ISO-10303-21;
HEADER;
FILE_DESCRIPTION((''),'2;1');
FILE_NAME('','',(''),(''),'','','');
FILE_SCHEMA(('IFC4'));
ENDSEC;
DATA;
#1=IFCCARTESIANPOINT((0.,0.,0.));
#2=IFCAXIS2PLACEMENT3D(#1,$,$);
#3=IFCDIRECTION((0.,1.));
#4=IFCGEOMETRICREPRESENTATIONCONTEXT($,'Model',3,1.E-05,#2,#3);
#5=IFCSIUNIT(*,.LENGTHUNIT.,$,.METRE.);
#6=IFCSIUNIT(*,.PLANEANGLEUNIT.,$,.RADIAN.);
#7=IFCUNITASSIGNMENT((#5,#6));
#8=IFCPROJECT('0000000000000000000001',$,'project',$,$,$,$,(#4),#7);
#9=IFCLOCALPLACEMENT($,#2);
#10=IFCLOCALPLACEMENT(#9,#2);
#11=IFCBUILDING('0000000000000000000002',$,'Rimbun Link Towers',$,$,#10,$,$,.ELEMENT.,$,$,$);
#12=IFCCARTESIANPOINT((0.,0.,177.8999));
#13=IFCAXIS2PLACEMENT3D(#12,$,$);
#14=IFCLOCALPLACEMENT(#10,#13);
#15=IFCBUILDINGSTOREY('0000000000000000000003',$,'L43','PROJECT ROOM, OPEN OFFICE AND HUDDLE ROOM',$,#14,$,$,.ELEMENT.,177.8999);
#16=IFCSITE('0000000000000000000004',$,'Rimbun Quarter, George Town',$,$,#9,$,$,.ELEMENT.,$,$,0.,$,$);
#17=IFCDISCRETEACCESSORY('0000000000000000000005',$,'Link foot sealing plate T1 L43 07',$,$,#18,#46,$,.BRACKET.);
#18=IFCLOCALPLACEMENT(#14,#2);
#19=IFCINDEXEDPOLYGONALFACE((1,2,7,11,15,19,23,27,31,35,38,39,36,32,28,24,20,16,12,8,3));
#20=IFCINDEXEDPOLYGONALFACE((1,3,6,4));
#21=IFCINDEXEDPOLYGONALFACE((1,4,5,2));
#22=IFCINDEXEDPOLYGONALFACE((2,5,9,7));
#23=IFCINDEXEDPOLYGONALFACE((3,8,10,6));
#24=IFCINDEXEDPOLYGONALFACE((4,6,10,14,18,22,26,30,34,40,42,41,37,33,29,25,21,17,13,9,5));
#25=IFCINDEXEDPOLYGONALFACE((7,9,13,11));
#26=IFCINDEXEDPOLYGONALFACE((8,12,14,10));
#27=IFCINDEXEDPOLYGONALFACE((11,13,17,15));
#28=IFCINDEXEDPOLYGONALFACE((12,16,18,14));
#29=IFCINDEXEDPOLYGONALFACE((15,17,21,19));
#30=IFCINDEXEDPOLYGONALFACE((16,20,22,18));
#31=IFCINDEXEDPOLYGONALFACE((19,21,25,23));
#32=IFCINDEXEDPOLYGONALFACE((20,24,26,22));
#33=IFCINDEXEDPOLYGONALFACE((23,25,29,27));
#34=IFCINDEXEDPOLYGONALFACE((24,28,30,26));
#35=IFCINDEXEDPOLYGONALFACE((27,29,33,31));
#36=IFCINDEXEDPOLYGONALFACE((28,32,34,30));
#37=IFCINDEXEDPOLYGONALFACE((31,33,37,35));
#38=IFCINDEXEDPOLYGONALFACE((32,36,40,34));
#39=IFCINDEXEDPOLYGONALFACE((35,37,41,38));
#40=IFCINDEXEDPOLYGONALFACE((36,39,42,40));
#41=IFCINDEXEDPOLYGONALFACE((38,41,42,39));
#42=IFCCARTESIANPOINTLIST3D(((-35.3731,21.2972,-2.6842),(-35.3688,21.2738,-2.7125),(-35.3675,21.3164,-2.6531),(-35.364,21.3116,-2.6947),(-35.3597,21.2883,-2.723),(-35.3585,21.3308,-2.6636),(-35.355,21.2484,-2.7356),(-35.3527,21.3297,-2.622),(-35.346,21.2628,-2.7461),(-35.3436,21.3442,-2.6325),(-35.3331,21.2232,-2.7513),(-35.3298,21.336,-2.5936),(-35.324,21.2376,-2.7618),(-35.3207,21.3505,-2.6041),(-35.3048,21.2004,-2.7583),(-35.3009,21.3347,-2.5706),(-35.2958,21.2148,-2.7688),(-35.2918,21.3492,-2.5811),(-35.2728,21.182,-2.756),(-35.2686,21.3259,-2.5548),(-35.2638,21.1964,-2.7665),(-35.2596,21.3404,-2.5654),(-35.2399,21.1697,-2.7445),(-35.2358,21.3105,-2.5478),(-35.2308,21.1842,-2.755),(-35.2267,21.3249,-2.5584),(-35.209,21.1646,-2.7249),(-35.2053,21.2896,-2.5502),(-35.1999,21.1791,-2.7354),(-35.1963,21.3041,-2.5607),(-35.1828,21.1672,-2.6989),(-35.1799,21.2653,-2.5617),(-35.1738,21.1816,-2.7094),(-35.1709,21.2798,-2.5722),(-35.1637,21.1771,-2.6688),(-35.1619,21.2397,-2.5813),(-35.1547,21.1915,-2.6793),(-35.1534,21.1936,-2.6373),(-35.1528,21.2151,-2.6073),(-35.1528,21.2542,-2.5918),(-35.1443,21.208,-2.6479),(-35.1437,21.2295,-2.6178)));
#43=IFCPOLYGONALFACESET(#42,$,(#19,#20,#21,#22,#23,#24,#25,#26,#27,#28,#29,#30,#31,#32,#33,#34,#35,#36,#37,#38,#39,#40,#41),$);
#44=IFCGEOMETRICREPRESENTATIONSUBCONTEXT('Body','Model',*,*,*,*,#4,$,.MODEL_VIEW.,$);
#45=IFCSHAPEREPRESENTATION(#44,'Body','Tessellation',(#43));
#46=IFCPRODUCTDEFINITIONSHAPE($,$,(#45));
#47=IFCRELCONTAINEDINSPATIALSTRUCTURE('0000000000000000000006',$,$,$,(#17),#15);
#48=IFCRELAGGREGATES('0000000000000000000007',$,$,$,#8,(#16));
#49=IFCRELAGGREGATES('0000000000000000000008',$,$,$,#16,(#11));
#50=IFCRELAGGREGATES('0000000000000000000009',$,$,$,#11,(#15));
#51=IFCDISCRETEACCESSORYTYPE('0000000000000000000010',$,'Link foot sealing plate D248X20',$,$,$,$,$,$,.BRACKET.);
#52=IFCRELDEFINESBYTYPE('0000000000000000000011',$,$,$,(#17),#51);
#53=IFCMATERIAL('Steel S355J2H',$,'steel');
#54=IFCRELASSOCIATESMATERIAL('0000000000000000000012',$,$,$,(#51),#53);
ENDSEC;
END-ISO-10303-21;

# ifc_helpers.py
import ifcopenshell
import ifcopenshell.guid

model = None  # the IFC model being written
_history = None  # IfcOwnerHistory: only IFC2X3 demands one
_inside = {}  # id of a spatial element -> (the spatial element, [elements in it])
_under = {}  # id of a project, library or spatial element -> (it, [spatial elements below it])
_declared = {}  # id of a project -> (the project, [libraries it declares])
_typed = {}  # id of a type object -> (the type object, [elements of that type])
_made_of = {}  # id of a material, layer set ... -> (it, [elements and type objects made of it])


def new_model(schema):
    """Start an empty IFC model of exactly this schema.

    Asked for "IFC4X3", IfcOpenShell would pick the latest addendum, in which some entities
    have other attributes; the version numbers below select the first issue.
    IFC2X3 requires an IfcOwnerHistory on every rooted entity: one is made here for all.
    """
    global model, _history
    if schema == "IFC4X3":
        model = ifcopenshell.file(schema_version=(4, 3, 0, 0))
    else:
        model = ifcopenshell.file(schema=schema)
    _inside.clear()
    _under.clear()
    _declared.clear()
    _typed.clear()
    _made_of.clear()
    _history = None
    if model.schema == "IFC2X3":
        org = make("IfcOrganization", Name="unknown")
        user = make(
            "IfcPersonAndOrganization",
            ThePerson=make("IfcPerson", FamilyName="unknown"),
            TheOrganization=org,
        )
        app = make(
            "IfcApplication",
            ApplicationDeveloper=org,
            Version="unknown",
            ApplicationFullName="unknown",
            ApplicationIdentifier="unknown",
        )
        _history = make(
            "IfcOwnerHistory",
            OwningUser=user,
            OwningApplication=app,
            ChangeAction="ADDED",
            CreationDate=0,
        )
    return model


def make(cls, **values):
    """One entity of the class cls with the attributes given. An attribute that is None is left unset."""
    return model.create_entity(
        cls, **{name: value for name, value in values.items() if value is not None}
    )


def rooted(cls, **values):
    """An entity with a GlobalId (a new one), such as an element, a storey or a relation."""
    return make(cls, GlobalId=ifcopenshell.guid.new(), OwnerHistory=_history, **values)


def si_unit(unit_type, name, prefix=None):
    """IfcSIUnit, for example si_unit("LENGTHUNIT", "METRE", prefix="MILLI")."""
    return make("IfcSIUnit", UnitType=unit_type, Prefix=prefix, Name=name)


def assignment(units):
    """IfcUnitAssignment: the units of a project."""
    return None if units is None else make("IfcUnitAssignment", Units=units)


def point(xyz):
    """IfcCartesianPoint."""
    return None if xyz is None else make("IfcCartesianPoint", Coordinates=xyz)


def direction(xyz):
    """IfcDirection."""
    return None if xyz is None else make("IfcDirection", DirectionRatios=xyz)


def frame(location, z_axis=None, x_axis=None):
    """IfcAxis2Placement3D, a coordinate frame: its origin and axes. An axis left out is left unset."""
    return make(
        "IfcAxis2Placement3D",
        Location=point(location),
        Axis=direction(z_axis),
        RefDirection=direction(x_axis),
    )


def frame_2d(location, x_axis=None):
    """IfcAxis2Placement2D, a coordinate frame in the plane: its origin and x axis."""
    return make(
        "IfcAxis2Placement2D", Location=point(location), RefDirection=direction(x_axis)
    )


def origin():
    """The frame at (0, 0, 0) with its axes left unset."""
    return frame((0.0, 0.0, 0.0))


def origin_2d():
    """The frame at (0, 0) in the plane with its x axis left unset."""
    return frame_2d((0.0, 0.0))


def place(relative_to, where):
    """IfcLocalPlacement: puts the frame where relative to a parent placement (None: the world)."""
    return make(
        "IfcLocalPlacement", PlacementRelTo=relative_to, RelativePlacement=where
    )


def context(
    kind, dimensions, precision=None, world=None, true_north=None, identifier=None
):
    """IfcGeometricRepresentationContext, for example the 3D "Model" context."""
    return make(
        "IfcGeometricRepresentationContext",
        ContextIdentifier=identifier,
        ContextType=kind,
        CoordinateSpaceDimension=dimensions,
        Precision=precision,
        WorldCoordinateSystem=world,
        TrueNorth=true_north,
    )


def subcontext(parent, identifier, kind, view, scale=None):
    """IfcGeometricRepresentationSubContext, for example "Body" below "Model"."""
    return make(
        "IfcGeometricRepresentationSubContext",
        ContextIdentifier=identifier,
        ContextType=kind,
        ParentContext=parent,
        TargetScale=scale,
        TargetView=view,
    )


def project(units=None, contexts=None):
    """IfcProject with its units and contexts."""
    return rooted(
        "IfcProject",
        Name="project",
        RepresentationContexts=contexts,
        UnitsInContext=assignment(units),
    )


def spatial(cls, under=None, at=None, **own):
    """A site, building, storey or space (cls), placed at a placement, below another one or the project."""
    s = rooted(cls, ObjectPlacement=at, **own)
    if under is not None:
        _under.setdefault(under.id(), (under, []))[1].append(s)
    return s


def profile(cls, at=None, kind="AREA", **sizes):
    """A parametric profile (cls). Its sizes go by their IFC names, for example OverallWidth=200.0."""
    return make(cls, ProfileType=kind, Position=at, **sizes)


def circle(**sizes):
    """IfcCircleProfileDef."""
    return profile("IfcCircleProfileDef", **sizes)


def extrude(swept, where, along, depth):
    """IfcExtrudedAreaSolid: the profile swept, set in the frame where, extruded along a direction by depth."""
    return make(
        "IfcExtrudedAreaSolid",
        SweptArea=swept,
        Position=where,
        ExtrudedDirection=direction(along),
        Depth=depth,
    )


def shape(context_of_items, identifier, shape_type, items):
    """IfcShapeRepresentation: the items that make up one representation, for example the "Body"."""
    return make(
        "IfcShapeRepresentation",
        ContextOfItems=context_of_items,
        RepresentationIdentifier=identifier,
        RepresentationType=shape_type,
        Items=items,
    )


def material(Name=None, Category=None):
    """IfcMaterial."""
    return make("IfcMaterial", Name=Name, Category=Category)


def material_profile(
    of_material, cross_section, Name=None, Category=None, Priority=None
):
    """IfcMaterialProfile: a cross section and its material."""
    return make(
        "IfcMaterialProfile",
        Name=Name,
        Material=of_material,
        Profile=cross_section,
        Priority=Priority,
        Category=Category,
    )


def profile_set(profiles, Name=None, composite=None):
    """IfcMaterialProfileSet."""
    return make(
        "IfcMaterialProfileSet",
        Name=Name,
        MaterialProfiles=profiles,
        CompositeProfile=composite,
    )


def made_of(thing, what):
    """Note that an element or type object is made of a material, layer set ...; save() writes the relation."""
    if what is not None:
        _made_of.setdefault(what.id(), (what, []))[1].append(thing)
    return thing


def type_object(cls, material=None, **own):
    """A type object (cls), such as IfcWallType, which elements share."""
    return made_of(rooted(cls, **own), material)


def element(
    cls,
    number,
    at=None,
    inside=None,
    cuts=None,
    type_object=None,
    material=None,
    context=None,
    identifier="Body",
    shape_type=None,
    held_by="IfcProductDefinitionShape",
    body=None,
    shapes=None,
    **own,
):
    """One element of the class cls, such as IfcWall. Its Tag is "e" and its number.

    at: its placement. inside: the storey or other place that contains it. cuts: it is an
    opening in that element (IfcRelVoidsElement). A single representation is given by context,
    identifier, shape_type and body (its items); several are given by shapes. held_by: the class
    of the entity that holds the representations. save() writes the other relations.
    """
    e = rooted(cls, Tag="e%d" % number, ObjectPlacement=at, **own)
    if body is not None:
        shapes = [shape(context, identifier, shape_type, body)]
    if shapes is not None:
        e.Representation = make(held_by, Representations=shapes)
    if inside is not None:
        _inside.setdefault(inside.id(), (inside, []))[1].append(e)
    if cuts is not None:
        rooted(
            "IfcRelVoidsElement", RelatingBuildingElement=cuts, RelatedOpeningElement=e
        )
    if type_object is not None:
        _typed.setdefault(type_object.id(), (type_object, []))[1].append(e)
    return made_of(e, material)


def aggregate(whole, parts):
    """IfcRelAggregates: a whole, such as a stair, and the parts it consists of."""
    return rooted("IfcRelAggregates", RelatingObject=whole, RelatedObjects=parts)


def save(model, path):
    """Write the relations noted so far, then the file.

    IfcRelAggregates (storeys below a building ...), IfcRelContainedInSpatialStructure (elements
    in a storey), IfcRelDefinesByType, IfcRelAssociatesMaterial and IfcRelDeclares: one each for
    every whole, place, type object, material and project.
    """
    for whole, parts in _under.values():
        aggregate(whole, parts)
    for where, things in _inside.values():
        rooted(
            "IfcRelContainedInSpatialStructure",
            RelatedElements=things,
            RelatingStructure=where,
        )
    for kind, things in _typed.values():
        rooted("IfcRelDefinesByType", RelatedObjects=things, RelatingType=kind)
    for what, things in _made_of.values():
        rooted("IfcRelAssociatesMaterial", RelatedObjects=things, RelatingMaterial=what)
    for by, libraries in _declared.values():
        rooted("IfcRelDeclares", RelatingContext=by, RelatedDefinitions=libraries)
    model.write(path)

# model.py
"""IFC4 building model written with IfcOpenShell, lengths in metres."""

from ifc_helpers import new_model, si_unit, direction, frame, origin, origin_2d, place, context, subcontext, project, spatial, circle, extrude, material, material_profile, profile_set, type_object, element, save


model = new_model("IFC4")

# Units and contexts
model_context = context("Model", 3, precision=1e-05, world=origin(), true_north=direction((0.0, 1.0)))
body_context = subcontext(model_context, "Body", "Model", "MODEL_VIEW")
ifc_project = project(units=[si_unit("LENGTHUNIT", "METRE"), si_unit("PLANEANGLEUNIT", "RADIAN")], contexts=[model_context])

# Site, building, storey
site_placement = place(None, origin())
site = spatial("IfcSite", under=ifc_project, at=site_placement, Name="Rimbun Quarter, George Town", CompositionType="ELEMENT", RefElevation=0.0)
building_placement = place(site_placement, origin())
building = spatial("IfcBuilding", under=site, at=building_placement, Name="Rimbun Link Towers", CompositionType="ELEMENT")
storey_placement = place(building_placement, frame((0.0, 0.0, 177.8999)))
storey = spatial("IfcBuildingStorey", under=building, at=storey_placement, Name="L43", Description="PROJECT ROOM, OPEN OFFICE AND HUDDLE ROOM", CompositionType="ELEMENT", Elevation=177.8999)

# Discrete accessory
ifc_material_1 = material(Name="Steel S355J2H", Category="steel")
ifc_material_profile_1 = material_profile(ifc_material_1, circle(Radius=0.124, at=origin_2d()), Name="PL D248")
ifc_profile_set_1 = profile_set([ifc_material_profile_1], Name="Steel S355J2H")
discrete_accessory_type = type_object("IfcDiscreteAccessoryType", Name="Link foot sealing plate D248X20", PredefinedType="BRACKET", material=ifc_profile_set_1)
discrete_accessory_placement = place(storey_placement, frame((-35.2625, 21.2505, -2.6531), z_axis=(0.452061, 0.720854, -0.525368), x_axis=(-0.847191, 0.531289, 0.0)))
element("IfcDiscreteAccessory", 1, at=discrete_accessory_placement, inside=storey, type_object=discrete_accessory_type, Name="Link foot sealing plate T1 L43 07", PredefinedType="BRACKET", context=body_context, shape_type="SweptSolid", body=[
    extrude(circle(Radius=0.124, at=origin_2d()), origin(), (0.0, 0.0, 1.0), 0.02),
])

save(model, "model.ifc")
